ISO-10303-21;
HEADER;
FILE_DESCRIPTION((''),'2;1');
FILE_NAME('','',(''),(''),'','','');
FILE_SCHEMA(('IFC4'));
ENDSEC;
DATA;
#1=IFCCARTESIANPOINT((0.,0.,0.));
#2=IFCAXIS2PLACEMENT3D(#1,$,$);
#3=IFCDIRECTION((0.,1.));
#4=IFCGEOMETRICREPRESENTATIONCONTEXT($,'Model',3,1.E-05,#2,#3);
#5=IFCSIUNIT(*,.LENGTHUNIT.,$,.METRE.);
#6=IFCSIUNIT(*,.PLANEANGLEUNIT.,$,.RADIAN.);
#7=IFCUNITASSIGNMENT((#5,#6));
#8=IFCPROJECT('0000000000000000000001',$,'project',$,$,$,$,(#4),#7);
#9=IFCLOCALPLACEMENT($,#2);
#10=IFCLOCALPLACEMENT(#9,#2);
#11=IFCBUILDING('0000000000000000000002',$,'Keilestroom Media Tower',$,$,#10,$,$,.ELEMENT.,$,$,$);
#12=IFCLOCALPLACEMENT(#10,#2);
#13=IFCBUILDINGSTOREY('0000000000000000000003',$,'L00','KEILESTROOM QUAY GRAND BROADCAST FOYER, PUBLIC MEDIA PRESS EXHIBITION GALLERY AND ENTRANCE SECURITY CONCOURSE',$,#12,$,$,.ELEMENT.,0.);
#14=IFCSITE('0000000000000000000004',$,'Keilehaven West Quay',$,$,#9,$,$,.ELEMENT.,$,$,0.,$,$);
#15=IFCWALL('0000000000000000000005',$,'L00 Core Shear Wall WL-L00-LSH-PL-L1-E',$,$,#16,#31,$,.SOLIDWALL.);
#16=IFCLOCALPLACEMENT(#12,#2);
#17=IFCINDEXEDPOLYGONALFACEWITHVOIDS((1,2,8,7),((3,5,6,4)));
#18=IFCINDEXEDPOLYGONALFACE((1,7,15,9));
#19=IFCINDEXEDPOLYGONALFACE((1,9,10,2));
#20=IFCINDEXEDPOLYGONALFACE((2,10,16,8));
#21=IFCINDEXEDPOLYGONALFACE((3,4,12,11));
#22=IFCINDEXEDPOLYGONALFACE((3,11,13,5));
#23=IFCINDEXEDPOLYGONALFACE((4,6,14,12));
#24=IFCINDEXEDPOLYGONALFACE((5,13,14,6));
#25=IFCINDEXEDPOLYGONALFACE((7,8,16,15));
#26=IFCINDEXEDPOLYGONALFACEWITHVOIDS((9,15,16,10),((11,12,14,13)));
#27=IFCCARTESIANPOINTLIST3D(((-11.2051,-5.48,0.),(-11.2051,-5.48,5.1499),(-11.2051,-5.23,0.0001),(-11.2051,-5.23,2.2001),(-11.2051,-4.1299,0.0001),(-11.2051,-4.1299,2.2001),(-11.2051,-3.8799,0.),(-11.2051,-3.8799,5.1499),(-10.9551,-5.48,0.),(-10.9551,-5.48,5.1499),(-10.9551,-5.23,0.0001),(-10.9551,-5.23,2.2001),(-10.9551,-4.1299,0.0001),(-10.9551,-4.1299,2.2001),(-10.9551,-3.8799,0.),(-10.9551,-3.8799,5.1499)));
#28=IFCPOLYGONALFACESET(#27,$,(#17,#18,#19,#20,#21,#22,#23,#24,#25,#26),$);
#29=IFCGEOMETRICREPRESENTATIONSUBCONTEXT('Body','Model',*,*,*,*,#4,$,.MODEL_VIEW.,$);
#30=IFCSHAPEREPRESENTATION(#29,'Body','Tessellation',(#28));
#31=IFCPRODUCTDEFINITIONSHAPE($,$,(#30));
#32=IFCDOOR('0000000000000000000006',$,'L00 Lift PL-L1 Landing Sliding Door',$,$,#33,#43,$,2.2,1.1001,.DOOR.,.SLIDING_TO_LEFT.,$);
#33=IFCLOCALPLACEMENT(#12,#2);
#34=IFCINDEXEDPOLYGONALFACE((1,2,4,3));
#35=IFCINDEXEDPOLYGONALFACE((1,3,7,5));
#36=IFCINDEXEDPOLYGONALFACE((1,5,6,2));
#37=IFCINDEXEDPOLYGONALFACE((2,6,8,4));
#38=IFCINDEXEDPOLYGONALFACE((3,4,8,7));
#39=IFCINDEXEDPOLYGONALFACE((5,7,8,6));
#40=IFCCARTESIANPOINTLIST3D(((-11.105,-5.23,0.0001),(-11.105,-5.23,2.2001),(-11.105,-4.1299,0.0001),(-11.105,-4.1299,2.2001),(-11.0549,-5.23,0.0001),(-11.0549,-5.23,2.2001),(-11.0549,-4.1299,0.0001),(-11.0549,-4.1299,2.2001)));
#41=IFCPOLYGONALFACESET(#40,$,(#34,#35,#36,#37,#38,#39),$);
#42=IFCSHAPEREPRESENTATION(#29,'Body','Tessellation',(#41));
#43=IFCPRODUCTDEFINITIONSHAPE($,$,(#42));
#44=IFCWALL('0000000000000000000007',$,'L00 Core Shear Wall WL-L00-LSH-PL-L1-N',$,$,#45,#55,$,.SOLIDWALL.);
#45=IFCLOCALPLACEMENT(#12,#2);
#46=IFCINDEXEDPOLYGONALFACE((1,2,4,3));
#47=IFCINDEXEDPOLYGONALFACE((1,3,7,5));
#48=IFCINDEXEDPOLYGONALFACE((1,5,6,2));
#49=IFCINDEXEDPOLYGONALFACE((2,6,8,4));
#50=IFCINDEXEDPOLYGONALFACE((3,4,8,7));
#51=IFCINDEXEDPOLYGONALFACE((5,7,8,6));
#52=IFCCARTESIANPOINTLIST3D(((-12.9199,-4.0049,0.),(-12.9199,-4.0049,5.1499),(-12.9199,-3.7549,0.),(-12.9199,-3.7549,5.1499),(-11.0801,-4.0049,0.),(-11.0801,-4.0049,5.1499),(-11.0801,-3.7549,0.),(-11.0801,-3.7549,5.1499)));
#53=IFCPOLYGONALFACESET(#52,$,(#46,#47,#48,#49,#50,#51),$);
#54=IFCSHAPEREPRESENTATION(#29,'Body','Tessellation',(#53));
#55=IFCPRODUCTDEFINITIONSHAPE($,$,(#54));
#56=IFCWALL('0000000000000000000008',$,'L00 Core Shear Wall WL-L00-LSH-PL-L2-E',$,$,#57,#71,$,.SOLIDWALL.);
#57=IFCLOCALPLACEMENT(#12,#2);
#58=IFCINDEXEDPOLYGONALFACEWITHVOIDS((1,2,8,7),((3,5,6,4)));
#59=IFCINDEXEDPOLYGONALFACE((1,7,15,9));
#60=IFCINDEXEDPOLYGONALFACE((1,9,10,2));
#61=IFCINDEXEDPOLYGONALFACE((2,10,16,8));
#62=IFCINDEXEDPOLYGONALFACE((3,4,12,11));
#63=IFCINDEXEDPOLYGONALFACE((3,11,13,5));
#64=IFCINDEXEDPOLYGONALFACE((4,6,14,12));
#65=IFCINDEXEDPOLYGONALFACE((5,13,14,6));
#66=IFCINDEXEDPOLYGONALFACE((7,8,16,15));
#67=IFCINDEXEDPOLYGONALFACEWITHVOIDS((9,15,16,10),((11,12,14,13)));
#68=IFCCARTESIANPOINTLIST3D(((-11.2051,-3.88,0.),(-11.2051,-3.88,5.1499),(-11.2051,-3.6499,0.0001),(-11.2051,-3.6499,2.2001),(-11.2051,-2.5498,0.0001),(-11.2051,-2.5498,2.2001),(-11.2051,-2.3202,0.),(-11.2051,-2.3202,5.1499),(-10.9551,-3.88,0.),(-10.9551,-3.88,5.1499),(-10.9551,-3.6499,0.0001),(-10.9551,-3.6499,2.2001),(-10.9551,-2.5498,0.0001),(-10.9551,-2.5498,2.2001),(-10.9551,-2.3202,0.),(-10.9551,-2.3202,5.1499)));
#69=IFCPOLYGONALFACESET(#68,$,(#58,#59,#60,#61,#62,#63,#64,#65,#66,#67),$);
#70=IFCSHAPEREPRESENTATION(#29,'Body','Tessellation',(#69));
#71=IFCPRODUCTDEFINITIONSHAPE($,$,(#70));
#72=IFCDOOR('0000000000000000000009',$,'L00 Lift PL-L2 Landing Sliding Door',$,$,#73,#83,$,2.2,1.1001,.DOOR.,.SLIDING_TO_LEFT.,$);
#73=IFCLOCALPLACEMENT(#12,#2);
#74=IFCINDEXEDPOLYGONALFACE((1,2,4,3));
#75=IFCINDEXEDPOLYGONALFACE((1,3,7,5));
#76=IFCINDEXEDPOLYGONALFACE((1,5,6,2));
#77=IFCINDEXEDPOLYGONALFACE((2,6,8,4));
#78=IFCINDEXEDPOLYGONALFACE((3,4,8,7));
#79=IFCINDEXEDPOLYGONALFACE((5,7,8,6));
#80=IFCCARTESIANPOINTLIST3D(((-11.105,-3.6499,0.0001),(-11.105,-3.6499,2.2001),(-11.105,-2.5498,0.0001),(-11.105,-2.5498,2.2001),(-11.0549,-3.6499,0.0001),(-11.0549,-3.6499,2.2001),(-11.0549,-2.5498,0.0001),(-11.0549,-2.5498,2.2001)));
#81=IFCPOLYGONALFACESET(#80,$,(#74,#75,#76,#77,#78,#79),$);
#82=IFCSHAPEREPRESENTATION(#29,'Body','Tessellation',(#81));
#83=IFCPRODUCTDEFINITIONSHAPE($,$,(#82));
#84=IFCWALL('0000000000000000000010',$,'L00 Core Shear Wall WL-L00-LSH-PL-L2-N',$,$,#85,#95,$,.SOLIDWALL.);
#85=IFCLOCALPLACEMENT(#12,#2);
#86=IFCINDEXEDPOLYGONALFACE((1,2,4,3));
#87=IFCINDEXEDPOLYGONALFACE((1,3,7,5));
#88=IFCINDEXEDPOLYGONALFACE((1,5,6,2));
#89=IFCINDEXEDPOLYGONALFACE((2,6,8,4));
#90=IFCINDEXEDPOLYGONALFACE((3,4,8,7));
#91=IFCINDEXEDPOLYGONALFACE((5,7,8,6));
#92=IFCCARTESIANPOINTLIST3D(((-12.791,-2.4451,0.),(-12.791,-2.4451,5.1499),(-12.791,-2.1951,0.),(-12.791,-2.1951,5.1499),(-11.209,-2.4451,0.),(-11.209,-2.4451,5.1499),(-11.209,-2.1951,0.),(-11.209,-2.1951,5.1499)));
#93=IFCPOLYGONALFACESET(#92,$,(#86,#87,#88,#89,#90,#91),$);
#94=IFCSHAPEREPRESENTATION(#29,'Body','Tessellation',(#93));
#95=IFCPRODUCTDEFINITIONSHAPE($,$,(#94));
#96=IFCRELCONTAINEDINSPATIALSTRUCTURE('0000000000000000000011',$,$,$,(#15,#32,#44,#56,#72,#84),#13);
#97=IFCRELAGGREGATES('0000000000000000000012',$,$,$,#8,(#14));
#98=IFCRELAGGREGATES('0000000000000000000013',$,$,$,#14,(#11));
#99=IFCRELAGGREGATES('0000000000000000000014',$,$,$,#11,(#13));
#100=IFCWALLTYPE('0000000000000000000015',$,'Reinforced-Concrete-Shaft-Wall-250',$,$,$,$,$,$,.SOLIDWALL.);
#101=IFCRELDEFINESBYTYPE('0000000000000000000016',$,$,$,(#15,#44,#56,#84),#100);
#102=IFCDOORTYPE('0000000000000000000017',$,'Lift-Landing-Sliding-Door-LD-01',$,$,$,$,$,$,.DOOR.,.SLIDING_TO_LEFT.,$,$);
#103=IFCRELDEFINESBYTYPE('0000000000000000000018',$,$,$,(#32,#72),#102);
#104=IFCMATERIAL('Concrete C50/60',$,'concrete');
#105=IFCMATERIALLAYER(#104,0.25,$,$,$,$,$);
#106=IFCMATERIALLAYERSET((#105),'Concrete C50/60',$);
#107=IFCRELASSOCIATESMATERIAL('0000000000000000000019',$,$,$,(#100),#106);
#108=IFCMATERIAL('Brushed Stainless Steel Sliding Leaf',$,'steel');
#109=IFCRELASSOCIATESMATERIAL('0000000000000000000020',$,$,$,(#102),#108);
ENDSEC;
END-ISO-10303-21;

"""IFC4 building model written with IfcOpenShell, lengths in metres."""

from ifc_helpers import new_model, si_unit, direction, frame, frame_2d, origin, place, context, subcontext, project, spatial, rectangle, extrude, source, transform, mapped, material, layer, layer_set, type_object, element, fill, save


model = new_model("IFC4")

# Units and contexts
model_context = context("Model", 3, precision=1e-05, world=origin(), true_north=direction((0.0, 1.0)))
body_context = subcontext(model_context, "Body", "Model", "MODEL_VIEW")
ifc_project = project(units=[si_unit("LENGTHUNIT", "METRE"), si_unit("PLANEANGLEUNIT", "RADIAN")], contexts=[model_context])

# Site, building, storey
site_placement = place(None, origin())
site = spatial("IfcSite", under=ifc_project, at=site_placement, Name="Keilehaven West Quay", CompositionType="ELEMENT", RefElevation=0.0)
building_placement = place(site_placement, origin())
building = spatial("IfcBuilding", under=site, at=building_placement, Name="Keilestroom Media Tower", CompositionType="ELEMENT")
storey_placement = place(building_placement, origin())
storey = spatial("IfcBuildingStorey", under=building, at=storey_placement, Name="L00", Description="KEILESTROOM QUAY GRAND BROADCAST FOYER, PUBLIC MEDIA PRESS EXHIBITION GALLERY AND ENTRANCE SECURITY CONCOURSE", CompositionType="ELEMENT", Elevation=0.0)

# Shared definitions
ifc_material_1 = material(Name="Concrete C50/60", Category="concrete")
ifc_layer_1 = layer(ifc_material_1, 0.25)
ifc_layer_set_1 = layer_set([ifc_layer_1], Name="Concrete C50/60")
wall_type_1 = type_object("IfcWallType", Name="Reinforced-Concrete-Shaft-Wall-250", PredefinedType="SOLIDWALL", material=ifc_layer_set_1)

# Wall, opening, door
wall_1_placement = place(storey_placement, frame((-11.0801, -5.48, 0.0), z_axis=(0.0, 0.0, 1.0), x_axis=(0.0, 1.0, 0.0)))
wall_1 = element("IfcWall", 1, at=wall_1_placement, inside=storey, type_object=wall_type_1, Name="L00 Core Shear Wall WL-L00-LSH-PL-L1-E", PredefinedType="SOLIDWALL", context=body_context, shape_type="SweptSolid", body=[
    extrude(rectangle(XDim=1.6001, YDim=0.25, at=frame_2d((0.8, 0.0))), origin(), (0.0, 0.0, 1.0), 5.1499),
])
opening_1_placement = place(wall_1_placement, frame((0.25, 0.0, 0.0)))
opening_1 = element("IfcOpeningElement", 2, at=opening_1_placement, cuts=wall_1, PredefinedType="OPENING", context=body_context, shape_type="SweptSolid", body=[
    extrude(rectangle(XDim=1.1001, YDim=2.2, at=frame_2d((0.55, 1.1001))), frame((0.0, 0.135, 0.0), z_axis=(0.0, -1.0, 0.0), x_axis=(1.0, 0.0, 0.0)), (0.0, 0.0, 1.0), 0.27),
])
ifc_material_2 = material(Name="Brushed Stainless Steel Sliding Leaf", Category="steel")
door_type_1 = type_object("IfcDoorType", Name="Lift-Landing-Sliding-Door-LD-01", OperationType="SLIDING_TO_LEFT", PredefinedType="DOOR", material=ifc_material_2)
shared_shape_1 = source(origin(), body_context, "Body", "SweptSolid", [
    extrude(rectangle(XDim=1.1001, YDim=2.2, at=frame_2d((0.55, 1.1001))), frame((0.0, 0.0249, 0.0), z_axis=(0.0, -1.0, 0.0), x_axis=(1.0, 0.0, 0.0)), (0.0, 0.0, 1.0), 0.05),
])
door_1_placement = place(opening_1_placement, origin())
door_1 = element("IfcDoor", 3, at=door_1_placement, inside=storey, type_object=door_type_1, Name="L00 Lift PL-L1 Landing Sliding Door", OperationType="SLIDING_TO_LEFT", OverallHeight=2.2, OverallWidth=1.1001, PredefinedType="DOOR", context=body_context, shape_type="MappedRepresentation", body=[
    mapped(shared_shape_1, transform((0.0, 0.0, 0.0), x_axis=(1.0, 0.0, 0.0), y_axis=(0.0, 1.0, 0.0), z_axis=(0.0, 0.0, 1.0), scale=1.0)),
])
fill(opening_1, door_1)

# Wall
wall_2_placement = place(storey_placement, frame((-12.9199, -3.8799, 0.0), z_axis=(0.0, 0.0, 1.0), x_axis=(1.0, 0.0, 0.0)))
element("IfcWall", 4, at=wall_2_placement, inside=storey, type_object=wall_type_1, Name="L00 Core Shear Wall WL-L00-LSH-PL-L1-N", PredefinedType="SOLIDWALL", context=body_context, shape_type="SweptSolid", body=[
    extrude(rectangle(XDim=1.8398, YDim=0.25, at=frame_2d((0.9199, 0.0))), origin(), (0.0, 0.0, 1.0), 5.1499),
])

# Wall, opening, door
wall_3_placement = place(storey_placement, frame((-11.0801, -3.8799, 0.0), z_axis=(0.0, 0.0, 1.0), x_axis=(0.0, 1.0, 0.0)))
wall_3 = element("IfcWall", 5, at=wall_3_placement, inside=storey, type_object=wall_type_1, Name="L00 Core Shear Wall WL-L00-LSH-PL-L2-E", PredefinedType="SOLIDWALL", context=body_context, shape_type="SweptSolid", body=[
    extrude(rectangle(XDim=1.5598, YDim=0.25, at=frame_2d((0.7798, 0.0))), origin(), (0.0, 0.0, 1.0), 5.1499),
])
opening_2_placement = place(wall_3_placement, frame((0.23, 0.0, 0.0)))
opening_2 = element("IfcOpeningElement", 6, at=opening_2_placement, cuts=wall_3, PredefinedType="OPENING", context=body_context, shape_type="SweptSolid", body=[
    extrude(rectangle(XDim=1.1001, YDim=2.2, at=frame_2d((0.55, 1.1001))), frame((0.0, 0.135, 0.0), z_axis=(0.0, -1.0, 0.0), x_axis=(1.0, 0.0, 0.0)), (0.0, 0.0, 1.0), 0.27),
])
door_2_placement = place(opening_2_placement, origin())
door_2 = element("IfcDoor", 7, at=door_2_placement, inside=storey, type_object=door_type_1, Name="L00 Lift PL-L2 Landing Sliding Door", OperationType="SLIDING_TO_LEFT", OverallHeight=2.2, OverallWidth=1.1001, PredefinedType="DOOR", context=body_context, shape_type="MappedRepresentation", body=[
    mapped(shared_shape_1, transform((0.0, 0.0, 0.0), x_axis=(1.0, 0.0, 0.0), y_axis=(0.0, 1.0, 0.0), z_axis=(0.0, 0.0, 1.0), scale=1.0)),
])
fill(opening_2, door_2)

# Wall
wall_4_placement = place(storey_placement, frame((-12.791, -2.3201, 0.0), z_axis=(0.0, 0.0, 1.0), x_axis=(1.0, 0.0, 0.0)))
element("IfcWall", 8, at=wall_4_placement, inside=storey, type_object=wall_type_1, Name="L00 Core Shear Wall WL-L00-LSH-PL-L2-N", PredefinedType="SOLIDWALL", context=body_context, shape_type="SweptSolid", body=[
    extrude(rectangle(XDim=1.582, YDim=0.25, at=frame_2d((0.791, 0.0))), origin(), (0.0, 0.0, 1.0), 5.1499),
])

save(model, "model.ifc")
